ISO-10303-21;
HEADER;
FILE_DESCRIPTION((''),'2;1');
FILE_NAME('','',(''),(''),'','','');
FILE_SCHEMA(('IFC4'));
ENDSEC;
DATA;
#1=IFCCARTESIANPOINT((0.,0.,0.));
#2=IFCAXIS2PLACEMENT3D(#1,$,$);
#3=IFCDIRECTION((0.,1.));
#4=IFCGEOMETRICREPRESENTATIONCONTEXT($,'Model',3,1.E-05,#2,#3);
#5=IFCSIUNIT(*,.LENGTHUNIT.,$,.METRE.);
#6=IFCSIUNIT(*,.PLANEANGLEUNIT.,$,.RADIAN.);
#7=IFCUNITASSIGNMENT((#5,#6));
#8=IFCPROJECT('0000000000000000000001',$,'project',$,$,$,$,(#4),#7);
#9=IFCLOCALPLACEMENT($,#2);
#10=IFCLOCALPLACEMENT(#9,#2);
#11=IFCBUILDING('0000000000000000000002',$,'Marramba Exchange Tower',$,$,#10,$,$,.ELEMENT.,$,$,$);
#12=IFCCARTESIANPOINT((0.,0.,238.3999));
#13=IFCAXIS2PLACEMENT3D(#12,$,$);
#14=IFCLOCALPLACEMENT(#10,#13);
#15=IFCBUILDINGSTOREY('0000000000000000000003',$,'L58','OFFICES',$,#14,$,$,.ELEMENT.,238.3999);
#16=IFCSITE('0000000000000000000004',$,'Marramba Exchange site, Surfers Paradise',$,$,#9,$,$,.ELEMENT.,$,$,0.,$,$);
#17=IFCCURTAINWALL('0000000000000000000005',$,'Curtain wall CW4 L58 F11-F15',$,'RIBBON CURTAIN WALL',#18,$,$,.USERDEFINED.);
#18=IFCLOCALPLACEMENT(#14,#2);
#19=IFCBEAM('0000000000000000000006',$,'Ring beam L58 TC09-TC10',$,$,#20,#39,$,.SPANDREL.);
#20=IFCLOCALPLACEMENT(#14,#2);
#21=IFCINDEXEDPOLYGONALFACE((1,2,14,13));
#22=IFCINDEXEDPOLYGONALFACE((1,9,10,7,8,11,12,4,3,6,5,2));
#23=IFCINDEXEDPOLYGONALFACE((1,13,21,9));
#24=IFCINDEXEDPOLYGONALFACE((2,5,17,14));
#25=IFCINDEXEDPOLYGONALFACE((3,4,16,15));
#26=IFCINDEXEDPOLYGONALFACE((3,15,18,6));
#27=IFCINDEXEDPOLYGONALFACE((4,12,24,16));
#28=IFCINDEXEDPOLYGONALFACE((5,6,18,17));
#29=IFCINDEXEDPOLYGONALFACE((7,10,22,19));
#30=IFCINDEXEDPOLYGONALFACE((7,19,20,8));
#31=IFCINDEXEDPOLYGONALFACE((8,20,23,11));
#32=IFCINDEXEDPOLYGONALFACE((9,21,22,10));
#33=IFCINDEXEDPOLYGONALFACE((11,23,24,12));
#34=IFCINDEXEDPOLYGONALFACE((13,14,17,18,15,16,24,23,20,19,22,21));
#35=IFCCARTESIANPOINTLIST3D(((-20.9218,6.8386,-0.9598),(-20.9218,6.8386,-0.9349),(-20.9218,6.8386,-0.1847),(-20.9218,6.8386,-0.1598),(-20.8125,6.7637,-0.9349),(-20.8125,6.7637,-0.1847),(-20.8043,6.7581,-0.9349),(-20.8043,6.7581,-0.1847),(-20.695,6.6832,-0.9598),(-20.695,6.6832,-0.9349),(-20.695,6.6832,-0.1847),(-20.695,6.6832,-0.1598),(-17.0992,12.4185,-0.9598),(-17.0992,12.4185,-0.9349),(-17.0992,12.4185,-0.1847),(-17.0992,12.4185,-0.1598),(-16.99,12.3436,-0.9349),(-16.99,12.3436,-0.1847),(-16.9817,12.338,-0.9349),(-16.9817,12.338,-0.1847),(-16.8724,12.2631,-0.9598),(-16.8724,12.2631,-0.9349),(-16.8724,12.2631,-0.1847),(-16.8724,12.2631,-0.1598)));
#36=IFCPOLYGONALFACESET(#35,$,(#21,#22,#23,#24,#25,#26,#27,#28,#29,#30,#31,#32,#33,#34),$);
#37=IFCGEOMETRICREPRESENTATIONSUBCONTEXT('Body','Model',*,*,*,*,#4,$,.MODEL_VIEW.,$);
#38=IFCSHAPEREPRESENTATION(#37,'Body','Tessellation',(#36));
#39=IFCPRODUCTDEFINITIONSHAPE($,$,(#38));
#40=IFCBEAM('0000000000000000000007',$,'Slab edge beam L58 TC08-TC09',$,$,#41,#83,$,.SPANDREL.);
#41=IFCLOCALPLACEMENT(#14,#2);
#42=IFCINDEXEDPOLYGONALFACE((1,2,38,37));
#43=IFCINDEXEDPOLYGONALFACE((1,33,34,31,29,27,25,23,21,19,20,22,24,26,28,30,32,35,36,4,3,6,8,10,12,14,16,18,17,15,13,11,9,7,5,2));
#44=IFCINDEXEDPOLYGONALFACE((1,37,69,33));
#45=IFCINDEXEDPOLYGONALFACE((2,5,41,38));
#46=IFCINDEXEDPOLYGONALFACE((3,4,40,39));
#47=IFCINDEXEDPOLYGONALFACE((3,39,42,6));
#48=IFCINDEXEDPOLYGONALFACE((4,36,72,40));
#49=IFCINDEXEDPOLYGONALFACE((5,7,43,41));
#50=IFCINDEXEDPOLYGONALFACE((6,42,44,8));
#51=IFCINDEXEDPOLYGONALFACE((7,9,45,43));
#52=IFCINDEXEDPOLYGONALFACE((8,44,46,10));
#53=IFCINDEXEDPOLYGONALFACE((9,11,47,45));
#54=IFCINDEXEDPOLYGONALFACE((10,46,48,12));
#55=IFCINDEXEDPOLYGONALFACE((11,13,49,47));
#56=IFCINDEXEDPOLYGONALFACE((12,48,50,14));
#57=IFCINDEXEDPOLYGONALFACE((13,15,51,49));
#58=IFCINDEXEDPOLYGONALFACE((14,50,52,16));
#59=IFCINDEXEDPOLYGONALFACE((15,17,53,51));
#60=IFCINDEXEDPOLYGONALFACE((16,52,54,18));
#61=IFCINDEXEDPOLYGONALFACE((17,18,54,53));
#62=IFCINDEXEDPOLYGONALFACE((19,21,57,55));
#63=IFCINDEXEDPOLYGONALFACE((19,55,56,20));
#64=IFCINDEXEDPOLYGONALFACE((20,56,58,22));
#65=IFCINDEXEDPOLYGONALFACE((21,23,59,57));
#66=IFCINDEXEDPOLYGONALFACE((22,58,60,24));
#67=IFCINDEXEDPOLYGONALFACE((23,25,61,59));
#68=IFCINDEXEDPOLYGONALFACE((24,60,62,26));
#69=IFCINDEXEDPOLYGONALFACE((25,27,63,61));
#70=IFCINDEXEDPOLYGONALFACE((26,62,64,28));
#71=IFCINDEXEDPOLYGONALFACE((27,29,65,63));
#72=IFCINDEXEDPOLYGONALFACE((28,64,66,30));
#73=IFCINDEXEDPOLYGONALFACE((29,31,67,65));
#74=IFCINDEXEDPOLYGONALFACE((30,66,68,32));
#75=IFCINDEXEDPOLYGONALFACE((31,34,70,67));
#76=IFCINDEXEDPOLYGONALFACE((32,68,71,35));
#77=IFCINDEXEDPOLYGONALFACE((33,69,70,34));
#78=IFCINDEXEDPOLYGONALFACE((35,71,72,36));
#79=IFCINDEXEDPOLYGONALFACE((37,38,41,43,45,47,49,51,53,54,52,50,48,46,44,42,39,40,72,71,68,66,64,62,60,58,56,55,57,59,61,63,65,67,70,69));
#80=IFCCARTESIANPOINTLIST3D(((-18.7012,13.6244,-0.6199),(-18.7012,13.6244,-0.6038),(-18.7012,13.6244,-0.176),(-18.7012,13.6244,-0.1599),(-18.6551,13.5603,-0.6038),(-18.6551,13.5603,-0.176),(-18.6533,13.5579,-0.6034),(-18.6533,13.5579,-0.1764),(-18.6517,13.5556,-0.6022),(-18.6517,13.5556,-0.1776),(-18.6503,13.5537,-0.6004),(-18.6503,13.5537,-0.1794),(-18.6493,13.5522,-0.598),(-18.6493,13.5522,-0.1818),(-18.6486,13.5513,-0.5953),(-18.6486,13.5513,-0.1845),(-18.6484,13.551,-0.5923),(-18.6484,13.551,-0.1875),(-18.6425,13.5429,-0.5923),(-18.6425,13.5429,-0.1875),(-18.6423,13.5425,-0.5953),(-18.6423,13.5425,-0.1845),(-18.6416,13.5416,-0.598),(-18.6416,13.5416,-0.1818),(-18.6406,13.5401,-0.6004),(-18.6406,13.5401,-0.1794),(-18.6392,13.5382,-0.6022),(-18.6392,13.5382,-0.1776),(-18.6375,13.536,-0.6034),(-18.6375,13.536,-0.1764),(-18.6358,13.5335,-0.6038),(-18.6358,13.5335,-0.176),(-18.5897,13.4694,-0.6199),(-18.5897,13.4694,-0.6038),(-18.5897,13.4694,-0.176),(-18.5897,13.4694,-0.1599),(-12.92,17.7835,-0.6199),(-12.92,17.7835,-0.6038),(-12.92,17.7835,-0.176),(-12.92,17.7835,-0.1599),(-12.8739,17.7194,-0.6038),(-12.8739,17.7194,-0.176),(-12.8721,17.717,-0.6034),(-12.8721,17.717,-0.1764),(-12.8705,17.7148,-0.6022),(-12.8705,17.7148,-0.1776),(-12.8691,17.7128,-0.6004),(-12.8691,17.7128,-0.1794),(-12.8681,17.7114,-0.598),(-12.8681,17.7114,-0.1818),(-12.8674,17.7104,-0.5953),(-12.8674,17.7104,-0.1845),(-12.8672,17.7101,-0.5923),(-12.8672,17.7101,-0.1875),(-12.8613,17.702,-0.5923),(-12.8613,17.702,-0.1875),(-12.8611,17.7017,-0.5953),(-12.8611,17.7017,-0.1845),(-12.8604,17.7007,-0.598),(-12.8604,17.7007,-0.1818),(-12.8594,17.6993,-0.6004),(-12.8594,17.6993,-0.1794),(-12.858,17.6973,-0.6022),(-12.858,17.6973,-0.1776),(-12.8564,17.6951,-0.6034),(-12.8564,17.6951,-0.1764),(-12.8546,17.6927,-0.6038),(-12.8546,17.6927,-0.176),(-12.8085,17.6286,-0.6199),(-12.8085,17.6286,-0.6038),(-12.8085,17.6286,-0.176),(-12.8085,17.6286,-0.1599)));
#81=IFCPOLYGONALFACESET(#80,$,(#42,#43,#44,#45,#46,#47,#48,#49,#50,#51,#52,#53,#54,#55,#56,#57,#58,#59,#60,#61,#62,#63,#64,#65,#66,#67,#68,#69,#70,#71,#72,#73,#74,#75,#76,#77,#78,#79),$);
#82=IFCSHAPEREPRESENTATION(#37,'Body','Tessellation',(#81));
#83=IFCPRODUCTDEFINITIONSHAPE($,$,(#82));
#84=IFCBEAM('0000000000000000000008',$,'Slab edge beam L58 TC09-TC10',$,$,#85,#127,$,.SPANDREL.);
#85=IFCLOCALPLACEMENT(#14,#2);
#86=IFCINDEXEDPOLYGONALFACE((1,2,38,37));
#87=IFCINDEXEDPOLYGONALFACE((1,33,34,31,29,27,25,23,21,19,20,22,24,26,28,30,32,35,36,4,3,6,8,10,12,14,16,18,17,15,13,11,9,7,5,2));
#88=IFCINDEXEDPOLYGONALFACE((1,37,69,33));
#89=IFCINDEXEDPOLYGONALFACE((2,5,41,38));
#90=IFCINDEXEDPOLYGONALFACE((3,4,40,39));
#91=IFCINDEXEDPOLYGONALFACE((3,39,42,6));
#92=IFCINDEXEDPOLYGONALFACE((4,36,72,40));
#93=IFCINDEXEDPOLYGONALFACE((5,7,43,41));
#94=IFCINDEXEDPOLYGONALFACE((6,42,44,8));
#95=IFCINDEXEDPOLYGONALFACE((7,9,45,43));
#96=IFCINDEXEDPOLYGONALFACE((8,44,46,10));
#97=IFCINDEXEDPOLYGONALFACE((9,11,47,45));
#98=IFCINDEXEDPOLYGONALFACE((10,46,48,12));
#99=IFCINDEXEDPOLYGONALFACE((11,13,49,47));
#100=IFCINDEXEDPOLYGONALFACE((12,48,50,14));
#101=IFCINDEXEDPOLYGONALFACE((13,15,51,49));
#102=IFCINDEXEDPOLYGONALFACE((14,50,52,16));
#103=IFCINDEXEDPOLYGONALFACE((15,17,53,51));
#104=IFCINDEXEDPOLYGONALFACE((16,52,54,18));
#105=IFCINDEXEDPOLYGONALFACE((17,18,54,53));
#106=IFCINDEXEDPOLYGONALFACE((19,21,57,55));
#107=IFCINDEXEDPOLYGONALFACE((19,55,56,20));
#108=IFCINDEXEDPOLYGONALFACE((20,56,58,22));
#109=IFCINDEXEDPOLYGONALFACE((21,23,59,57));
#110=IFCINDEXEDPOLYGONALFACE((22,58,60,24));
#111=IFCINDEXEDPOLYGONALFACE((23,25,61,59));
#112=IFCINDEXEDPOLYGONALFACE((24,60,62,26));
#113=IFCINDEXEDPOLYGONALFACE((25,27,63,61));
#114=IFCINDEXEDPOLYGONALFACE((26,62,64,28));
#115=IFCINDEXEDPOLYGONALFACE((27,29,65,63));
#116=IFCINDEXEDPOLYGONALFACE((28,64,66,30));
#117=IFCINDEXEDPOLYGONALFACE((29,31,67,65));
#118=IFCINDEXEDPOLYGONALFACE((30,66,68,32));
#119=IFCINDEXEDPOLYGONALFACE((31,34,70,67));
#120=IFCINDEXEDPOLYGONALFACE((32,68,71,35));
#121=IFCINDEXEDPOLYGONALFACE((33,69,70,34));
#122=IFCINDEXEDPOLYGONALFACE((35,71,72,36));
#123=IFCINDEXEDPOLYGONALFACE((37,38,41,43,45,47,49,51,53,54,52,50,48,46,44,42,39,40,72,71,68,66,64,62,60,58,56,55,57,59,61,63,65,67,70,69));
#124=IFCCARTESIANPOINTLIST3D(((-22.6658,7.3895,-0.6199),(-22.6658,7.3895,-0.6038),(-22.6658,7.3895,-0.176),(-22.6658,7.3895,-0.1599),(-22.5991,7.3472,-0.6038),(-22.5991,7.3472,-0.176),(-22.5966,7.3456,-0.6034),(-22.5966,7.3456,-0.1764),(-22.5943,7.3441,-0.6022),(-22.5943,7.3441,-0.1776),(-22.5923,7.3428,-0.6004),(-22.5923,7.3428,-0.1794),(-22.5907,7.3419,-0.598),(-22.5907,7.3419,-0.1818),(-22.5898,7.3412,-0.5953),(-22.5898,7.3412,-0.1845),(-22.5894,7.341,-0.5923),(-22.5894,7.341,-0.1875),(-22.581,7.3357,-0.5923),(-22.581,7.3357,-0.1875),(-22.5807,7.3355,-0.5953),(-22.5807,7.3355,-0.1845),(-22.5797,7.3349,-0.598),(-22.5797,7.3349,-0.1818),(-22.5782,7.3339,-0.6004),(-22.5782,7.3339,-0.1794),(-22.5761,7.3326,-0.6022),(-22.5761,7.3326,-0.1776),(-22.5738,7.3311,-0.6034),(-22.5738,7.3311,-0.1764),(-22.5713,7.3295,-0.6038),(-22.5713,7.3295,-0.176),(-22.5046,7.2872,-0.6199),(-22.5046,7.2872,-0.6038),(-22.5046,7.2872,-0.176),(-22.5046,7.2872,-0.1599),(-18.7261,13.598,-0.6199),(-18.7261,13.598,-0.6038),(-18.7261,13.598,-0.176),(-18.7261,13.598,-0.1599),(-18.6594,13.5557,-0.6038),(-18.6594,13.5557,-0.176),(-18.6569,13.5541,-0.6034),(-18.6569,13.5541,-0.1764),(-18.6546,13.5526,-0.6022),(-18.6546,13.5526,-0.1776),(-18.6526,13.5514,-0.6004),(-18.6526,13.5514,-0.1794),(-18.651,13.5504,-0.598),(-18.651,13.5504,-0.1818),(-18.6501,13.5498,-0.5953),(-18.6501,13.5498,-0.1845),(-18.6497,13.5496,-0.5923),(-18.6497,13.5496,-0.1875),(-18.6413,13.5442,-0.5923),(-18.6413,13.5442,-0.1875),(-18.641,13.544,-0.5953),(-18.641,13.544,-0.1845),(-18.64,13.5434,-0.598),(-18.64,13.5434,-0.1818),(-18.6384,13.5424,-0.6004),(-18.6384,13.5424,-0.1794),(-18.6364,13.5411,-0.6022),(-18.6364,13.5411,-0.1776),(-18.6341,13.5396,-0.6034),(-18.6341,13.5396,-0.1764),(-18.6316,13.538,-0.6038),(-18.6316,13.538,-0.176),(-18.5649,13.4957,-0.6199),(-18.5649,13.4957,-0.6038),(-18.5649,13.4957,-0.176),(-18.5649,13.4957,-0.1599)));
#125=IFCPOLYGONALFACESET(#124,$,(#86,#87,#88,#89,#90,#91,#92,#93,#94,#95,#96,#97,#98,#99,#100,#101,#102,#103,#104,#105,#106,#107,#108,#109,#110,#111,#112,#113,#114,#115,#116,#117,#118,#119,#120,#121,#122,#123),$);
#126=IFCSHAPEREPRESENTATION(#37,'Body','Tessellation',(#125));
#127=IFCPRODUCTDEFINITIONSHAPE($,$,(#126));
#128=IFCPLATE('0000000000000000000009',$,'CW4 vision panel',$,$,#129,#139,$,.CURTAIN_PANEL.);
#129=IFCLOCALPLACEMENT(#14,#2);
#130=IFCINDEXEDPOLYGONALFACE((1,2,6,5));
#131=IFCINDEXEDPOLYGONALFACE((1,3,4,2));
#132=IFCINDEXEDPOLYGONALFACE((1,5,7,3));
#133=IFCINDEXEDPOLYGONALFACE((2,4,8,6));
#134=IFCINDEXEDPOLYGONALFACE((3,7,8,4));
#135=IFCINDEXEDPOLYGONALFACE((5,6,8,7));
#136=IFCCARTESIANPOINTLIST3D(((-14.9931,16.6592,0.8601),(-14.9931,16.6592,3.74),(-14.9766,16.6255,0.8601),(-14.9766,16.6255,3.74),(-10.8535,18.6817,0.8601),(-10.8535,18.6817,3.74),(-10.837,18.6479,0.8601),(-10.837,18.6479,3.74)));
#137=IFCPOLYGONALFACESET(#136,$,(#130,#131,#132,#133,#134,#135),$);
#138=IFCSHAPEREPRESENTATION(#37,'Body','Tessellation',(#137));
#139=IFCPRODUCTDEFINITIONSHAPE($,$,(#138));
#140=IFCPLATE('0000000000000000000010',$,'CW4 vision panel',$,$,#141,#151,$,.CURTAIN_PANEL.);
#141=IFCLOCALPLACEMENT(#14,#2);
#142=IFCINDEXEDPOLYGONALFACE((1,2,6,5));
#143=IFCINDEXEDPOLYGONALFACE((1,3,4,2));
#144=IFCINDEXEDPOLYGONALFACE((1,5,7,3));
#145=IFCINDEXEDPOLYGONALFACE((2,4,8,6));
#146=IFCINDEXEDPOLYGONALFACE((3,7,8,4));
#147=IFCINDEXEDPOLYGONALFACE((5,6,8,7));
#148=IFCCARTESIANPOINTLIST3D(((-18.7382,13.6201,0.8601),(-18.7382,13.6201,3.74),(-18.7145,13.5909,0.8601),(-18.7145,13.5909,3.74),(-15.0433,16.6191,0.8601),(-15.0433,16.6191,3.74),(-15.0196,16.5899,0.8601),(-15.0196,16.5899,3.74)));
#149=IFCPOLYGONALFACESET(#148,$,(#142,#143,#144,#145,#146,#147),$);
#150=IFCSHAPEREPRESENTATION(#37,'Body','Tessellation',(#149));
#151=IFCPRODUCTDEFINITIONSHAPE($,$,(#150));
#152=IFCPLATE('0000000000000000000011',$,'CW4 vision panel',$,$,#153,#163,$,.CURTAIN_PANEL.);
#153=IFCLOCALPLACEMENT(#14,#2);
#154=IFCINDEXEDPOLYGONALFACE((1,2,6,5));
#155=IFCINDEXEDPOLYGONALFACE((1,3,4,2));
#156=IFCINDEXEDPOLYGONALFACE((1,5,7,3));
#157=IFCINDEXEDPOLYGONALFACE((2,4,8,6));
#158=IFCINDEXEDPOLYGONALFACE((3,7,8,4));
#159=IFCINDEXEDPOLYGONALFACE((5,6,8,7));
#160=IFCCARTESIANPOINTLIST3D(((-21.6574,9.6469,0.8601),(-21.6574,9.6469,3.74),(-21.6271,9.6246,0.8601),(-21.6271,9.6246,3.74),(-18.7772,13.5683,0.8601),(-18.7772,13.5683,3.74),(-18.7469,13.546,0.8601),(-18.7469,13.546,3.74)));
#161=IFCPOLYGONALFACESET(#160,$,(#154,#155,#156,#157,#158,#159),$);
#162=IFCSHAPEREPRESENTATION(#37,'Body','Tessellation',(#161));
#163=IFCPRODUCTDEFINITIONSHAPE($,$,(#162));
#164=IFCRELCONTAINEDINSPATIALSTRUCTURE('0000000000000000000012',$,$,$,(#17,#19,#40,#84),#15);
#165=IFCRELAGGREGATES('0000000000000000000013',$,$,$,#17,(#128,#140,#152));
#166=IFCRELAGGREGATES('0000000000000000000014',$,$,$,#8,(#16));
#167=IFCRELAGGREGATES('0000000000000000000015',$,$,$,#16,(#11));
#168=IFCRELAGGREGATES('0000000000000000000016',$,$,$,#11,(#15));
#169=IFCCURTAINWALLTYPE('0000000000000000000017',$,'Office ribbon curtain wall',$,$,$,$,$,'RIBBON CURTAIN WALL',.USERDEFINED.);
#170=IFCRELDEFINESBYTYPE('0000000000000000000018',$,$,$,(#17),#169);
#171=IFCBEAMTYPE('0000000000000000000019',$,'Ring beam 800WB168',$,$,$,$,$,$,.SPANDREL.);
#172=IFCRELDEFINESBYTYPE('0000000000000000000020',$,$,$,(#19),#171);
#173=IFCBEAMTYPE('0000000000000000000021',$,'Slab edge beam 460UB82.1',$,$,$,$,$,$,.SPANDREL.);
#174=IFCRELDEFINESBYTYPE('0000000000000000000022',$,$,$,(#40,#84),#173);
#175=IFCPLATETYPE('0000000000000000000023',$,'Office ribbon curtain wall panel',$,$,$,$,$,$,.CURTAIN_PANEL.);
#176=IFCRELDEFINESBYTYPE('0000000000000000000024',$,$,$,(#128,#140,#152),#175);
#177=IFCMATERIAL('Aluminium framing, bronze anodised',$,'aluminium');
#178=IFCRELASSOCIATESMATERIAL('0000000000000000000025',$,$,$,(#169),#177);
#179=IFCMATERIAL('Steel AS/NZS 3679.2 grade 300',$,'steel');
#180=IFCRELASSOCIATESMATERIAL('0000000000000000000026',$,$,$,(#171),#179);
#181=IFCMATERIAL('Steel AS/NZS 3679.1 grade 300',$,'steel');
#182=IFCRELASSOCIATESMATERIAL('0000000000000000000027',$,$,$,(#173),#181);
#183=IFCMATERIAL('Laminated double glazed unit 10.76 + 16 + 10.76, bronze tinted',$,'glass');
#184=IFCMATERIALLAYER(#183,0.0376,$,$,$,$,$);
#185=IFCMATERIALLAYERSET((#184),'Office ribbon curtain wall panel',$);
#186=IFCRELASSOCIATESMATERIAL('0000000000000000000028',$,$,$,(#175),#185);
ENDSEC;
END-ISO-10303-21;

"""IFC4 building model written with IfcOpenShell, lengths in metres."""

from ifc_helpers import new_model, si_unit, direction, frame, origin, origin_2d, place, context, subcontext, project, spatial, rectangle, i_section, extrude, material, layer, layer_set, material_profile, profile_set, type_object, element, aggregate, save


model = new_model("IFC4")

# Units and contexts
model_context = context("Model", 3, precision=1e-05, world=origin(), true_north=direction((0.0, 1.0)))
body_context = subcontext(model_context, "Body", "Model", "MODEL_VIEW")
ifc_project = project(units=[si_unit("LENGTHUNIT", "METRE"), si_unit("PLANEANGLEUNIT", "RADIAN")], contexts=[model_context])

# Site, building, storey
site_placement = place(None, origin())
site = spatial("IfcSite", under=ifc_project, at=site_placement, Name="Marramba Exchange site, Surfers Paradise", CompositionType="ELEMENT", RefElevation=0.0)
building_placement = place(site_placement, origin())
building = spatial("IfcBuilding", under=site, at=building_placement, Name="Marramba Exchange Tower", CompositionType="ELEMENT")
storey_placement = place(building_placement, frame((0.0, 0.0, 238.3999)))
storey = spatial("IfcBuildingStorey", under=building, at=storey_placement, Name="L58", Description="OFFICES", CompositionType="ELEMENT", Elevation=238.3999)

# Shared definitions
ifc_material_1 = material(Name="Steel AS/NZS 3679.2 grade 300", Category="steel")
ifc_material_2 = material(Name="Steel AS/NZS 3679.1 grade 300", Category="steel")

# Curtain wall
ifc_material_3 = material(Name="Aluminium framing, bronze anodised", Category="aluminium")
curtain_wall_type = type_object("IfcCurtainWallType", Name="Office ribbon curtain wall", ElementType="RIBBON CURTAIN WALL", PredefinedType="USERDEFINED", material=ifc_material_3)
curtain_wall_placement = place(storey_placement, origin())
curtain_wall = element("IfcCurtainWall", 1, at=curtain_wall_placement, inside=storey, type_object=curtain_wall_type, Name="Curtain wall CW4 L58 F11-F15", ObjectType="RIBBON CURTAIN WALL", PredefinedType="USERDEFINED")

# Beams
ifc_material_profile_1 = material_profile(ifc_material_1, i_section(OverallWidth=0.2749, OverallDepth=0.8, WebThickness=0.01, FlangeThickness=0.0249, at=origin_2d()), Name="800WB168")
ifc_profile_set_1 = profile_set([ifc_material_profile_1], Name="Steel AS/NZS 3679.2 grade 300")
beam_type_1 = type_object("IfcBeamType", Name="Ring beam 800WB168", PredefinedType="SPANDREL", material=ifc_profile_set_1)
beam_1_placement = place(storey_placement, frame((-16.9858, 12.3408, -0.5598), z_axis=(-0.56516, -0.824981, 0.0), x_axis=(0.824981, -0.56516, 0.0)))
element("IfcBeam", 2, at=beam_1_placement, inside=storey, type_object=beam_type_1, Name="Ring beam L58 TC09-TC10", PredefinedType="SPANDREL", context=body_context, shape_type="SweptSolid", body=[
    extrude(i_section(OverallWidth=0.2749, OverallDepth=0.8, WebThickness=0.01, FlangeThickness=0.0249, at=origin_2d()), origin(), (0.0, 0.0, 1.0), 6.7637),
])
ifc_material_profile_2 = material_profile(ifc_material_2, i_section(OverallWidth=0.1909, OverallDepth=0.46, WebThickness=0.01, FlangeThickness=0.0161, FilletRadius=0.0115, at=origin_2d()), Name="460UB82.1")
ifc_profile_set_2 = profile_set([ifc_material_profile_2], Name="Steel AS/NZS 3679.1 grade 300")
beam_type_2 = type_object("IfcBeamType", Name="Slab edge beam 460UB82.1", PredefinedType="SPANDREL", material=ifc_profile_set_2)
beam_2_placement = place(storey_placement, frame((-12.8643, 17.7061, -0.3899), z_axis=(-0.811755, -0.583998, 0.0), x_axis=(0.583998, -0.811755, 0.0)))
element("IfcBeam", 3, at=beam_2_placement, inside=storey, type_object=beam_type_2, Name="Slab edge beam L58 TC08-TC09", PredefinedType="SPANDREL", context=body_context, shape_type="SweptSolid", body=[
    extrude(i_section(OverallWidth=0.1909, OverallDepth=0.46, WebThickness=0.01, FlangeThickness=0.0161, FilletRadius=0.0115, at=origin_2d()), origin(), (0.0, 0.0, 1.0), 7.1218),
])
beam_3_placement = place(storey_placement, frame((-18.6455, 13.5469, -0.3899), z_axis=(-0.535794, -0.844348, 0.0), x_axis=(0.844348, -0.535794, 0.0)))
element("IfcBeam", 4, at=beam_3_placement, inside=storey, type_object=beam_type_2, Name="Slab edge beam L58 TC09-TC10", PredefinedType="SPANDREL", context=body_context, shape_type="SweptSolid", body=[
    extrude(i_section(OverallWidth=0.1909, OverallDepth=0.46, WebThickness=0.01, FlangeThickness=0.0161, FilletRadius=0.0115, at=origin_2d()), origin(), (0.0, 0.0, 1.0), 7.353),
])

# Plates
ifc_material_4 = material(Name="Laminated double glazed unit 10.76 + 16 + 10.76, bronze tinted", Category="glass")
ifc_layer_1 = layer(ifc_material_4, 0.0376)
ifc_layer_set_1 = layer_set([ifc_layer_1], Name="Office ribbon curtain wall panel")
plate_type = type_object("IfcPlateType", Name="Office ribbon curtain wall panel", PredefinedType="CURTAIN_PANEL", material=ifc_layer_set_1)
plate_1_placement = place(storey_placement, frame((-12.915, 17.6536, 0.8601), z_axis=(0.0, 0.0, 1.0), x_axis=(-0.898501, -0.438972, 0.0)))
plate_1 = element("IfcPlate", 5, at=plate_1_placement, type_object=plate_type, Name="CW4 vision panel", PredefinedType="CURTAIN_PANEL", context=body_context, shape_type="SweptSolid", body=[
    extrude(rectangle(XDim=4.6072, YDim=0.0376, at=origin_2d()), origin(), (0.0, 0.0, 1.0), 2.8799),
])
plate_2_placement = place(storey_placement, frame((-16.8789, 15.105, 0.8601), z_axis=(0.0, 0.0, 1.0), x_axis=(-0.776432, -0.630201, 0.0)))
plate_2 = element("IfcPlate", 6, at=plate_2_placement, type_object=plate_type, Name="CW4 vision panel", PredefinedType="CURTAIN_PANEL", context=body_context, shape_type="SweptSolid", body=[
    extrude(rectangle(XDim=4.7588, YDim=0.0376, at=origin_2d()), origin(), (0.0, 0.0, 1.0), 2.8799),
])
plate_3_placement = place(storey_placement, frame((-20.2021, 11.5964, 0.8601), z_axis=(0.0, 0.0, 1.0), x_axis=(-0.591963, -0.805965, 0.0)))
plate_3 = element("IfcPlate", 7, at=plate_3_placement, type_object=plate_type, Name="CW4 vision panel", PredefinedType="CURTAIN_PANEL", context=body_context, shape_type="SweptSolid", body=[
    extrude(rectangle(XDim=4.8655, YDim=0.0376, at=origin_2d()), origin(), (0.0, 0.0, 1.0), 2.8799),
])
aggregate(curtain_wall, [plate_1, plate_2, plate_3])

save(model, "model.ifc")
